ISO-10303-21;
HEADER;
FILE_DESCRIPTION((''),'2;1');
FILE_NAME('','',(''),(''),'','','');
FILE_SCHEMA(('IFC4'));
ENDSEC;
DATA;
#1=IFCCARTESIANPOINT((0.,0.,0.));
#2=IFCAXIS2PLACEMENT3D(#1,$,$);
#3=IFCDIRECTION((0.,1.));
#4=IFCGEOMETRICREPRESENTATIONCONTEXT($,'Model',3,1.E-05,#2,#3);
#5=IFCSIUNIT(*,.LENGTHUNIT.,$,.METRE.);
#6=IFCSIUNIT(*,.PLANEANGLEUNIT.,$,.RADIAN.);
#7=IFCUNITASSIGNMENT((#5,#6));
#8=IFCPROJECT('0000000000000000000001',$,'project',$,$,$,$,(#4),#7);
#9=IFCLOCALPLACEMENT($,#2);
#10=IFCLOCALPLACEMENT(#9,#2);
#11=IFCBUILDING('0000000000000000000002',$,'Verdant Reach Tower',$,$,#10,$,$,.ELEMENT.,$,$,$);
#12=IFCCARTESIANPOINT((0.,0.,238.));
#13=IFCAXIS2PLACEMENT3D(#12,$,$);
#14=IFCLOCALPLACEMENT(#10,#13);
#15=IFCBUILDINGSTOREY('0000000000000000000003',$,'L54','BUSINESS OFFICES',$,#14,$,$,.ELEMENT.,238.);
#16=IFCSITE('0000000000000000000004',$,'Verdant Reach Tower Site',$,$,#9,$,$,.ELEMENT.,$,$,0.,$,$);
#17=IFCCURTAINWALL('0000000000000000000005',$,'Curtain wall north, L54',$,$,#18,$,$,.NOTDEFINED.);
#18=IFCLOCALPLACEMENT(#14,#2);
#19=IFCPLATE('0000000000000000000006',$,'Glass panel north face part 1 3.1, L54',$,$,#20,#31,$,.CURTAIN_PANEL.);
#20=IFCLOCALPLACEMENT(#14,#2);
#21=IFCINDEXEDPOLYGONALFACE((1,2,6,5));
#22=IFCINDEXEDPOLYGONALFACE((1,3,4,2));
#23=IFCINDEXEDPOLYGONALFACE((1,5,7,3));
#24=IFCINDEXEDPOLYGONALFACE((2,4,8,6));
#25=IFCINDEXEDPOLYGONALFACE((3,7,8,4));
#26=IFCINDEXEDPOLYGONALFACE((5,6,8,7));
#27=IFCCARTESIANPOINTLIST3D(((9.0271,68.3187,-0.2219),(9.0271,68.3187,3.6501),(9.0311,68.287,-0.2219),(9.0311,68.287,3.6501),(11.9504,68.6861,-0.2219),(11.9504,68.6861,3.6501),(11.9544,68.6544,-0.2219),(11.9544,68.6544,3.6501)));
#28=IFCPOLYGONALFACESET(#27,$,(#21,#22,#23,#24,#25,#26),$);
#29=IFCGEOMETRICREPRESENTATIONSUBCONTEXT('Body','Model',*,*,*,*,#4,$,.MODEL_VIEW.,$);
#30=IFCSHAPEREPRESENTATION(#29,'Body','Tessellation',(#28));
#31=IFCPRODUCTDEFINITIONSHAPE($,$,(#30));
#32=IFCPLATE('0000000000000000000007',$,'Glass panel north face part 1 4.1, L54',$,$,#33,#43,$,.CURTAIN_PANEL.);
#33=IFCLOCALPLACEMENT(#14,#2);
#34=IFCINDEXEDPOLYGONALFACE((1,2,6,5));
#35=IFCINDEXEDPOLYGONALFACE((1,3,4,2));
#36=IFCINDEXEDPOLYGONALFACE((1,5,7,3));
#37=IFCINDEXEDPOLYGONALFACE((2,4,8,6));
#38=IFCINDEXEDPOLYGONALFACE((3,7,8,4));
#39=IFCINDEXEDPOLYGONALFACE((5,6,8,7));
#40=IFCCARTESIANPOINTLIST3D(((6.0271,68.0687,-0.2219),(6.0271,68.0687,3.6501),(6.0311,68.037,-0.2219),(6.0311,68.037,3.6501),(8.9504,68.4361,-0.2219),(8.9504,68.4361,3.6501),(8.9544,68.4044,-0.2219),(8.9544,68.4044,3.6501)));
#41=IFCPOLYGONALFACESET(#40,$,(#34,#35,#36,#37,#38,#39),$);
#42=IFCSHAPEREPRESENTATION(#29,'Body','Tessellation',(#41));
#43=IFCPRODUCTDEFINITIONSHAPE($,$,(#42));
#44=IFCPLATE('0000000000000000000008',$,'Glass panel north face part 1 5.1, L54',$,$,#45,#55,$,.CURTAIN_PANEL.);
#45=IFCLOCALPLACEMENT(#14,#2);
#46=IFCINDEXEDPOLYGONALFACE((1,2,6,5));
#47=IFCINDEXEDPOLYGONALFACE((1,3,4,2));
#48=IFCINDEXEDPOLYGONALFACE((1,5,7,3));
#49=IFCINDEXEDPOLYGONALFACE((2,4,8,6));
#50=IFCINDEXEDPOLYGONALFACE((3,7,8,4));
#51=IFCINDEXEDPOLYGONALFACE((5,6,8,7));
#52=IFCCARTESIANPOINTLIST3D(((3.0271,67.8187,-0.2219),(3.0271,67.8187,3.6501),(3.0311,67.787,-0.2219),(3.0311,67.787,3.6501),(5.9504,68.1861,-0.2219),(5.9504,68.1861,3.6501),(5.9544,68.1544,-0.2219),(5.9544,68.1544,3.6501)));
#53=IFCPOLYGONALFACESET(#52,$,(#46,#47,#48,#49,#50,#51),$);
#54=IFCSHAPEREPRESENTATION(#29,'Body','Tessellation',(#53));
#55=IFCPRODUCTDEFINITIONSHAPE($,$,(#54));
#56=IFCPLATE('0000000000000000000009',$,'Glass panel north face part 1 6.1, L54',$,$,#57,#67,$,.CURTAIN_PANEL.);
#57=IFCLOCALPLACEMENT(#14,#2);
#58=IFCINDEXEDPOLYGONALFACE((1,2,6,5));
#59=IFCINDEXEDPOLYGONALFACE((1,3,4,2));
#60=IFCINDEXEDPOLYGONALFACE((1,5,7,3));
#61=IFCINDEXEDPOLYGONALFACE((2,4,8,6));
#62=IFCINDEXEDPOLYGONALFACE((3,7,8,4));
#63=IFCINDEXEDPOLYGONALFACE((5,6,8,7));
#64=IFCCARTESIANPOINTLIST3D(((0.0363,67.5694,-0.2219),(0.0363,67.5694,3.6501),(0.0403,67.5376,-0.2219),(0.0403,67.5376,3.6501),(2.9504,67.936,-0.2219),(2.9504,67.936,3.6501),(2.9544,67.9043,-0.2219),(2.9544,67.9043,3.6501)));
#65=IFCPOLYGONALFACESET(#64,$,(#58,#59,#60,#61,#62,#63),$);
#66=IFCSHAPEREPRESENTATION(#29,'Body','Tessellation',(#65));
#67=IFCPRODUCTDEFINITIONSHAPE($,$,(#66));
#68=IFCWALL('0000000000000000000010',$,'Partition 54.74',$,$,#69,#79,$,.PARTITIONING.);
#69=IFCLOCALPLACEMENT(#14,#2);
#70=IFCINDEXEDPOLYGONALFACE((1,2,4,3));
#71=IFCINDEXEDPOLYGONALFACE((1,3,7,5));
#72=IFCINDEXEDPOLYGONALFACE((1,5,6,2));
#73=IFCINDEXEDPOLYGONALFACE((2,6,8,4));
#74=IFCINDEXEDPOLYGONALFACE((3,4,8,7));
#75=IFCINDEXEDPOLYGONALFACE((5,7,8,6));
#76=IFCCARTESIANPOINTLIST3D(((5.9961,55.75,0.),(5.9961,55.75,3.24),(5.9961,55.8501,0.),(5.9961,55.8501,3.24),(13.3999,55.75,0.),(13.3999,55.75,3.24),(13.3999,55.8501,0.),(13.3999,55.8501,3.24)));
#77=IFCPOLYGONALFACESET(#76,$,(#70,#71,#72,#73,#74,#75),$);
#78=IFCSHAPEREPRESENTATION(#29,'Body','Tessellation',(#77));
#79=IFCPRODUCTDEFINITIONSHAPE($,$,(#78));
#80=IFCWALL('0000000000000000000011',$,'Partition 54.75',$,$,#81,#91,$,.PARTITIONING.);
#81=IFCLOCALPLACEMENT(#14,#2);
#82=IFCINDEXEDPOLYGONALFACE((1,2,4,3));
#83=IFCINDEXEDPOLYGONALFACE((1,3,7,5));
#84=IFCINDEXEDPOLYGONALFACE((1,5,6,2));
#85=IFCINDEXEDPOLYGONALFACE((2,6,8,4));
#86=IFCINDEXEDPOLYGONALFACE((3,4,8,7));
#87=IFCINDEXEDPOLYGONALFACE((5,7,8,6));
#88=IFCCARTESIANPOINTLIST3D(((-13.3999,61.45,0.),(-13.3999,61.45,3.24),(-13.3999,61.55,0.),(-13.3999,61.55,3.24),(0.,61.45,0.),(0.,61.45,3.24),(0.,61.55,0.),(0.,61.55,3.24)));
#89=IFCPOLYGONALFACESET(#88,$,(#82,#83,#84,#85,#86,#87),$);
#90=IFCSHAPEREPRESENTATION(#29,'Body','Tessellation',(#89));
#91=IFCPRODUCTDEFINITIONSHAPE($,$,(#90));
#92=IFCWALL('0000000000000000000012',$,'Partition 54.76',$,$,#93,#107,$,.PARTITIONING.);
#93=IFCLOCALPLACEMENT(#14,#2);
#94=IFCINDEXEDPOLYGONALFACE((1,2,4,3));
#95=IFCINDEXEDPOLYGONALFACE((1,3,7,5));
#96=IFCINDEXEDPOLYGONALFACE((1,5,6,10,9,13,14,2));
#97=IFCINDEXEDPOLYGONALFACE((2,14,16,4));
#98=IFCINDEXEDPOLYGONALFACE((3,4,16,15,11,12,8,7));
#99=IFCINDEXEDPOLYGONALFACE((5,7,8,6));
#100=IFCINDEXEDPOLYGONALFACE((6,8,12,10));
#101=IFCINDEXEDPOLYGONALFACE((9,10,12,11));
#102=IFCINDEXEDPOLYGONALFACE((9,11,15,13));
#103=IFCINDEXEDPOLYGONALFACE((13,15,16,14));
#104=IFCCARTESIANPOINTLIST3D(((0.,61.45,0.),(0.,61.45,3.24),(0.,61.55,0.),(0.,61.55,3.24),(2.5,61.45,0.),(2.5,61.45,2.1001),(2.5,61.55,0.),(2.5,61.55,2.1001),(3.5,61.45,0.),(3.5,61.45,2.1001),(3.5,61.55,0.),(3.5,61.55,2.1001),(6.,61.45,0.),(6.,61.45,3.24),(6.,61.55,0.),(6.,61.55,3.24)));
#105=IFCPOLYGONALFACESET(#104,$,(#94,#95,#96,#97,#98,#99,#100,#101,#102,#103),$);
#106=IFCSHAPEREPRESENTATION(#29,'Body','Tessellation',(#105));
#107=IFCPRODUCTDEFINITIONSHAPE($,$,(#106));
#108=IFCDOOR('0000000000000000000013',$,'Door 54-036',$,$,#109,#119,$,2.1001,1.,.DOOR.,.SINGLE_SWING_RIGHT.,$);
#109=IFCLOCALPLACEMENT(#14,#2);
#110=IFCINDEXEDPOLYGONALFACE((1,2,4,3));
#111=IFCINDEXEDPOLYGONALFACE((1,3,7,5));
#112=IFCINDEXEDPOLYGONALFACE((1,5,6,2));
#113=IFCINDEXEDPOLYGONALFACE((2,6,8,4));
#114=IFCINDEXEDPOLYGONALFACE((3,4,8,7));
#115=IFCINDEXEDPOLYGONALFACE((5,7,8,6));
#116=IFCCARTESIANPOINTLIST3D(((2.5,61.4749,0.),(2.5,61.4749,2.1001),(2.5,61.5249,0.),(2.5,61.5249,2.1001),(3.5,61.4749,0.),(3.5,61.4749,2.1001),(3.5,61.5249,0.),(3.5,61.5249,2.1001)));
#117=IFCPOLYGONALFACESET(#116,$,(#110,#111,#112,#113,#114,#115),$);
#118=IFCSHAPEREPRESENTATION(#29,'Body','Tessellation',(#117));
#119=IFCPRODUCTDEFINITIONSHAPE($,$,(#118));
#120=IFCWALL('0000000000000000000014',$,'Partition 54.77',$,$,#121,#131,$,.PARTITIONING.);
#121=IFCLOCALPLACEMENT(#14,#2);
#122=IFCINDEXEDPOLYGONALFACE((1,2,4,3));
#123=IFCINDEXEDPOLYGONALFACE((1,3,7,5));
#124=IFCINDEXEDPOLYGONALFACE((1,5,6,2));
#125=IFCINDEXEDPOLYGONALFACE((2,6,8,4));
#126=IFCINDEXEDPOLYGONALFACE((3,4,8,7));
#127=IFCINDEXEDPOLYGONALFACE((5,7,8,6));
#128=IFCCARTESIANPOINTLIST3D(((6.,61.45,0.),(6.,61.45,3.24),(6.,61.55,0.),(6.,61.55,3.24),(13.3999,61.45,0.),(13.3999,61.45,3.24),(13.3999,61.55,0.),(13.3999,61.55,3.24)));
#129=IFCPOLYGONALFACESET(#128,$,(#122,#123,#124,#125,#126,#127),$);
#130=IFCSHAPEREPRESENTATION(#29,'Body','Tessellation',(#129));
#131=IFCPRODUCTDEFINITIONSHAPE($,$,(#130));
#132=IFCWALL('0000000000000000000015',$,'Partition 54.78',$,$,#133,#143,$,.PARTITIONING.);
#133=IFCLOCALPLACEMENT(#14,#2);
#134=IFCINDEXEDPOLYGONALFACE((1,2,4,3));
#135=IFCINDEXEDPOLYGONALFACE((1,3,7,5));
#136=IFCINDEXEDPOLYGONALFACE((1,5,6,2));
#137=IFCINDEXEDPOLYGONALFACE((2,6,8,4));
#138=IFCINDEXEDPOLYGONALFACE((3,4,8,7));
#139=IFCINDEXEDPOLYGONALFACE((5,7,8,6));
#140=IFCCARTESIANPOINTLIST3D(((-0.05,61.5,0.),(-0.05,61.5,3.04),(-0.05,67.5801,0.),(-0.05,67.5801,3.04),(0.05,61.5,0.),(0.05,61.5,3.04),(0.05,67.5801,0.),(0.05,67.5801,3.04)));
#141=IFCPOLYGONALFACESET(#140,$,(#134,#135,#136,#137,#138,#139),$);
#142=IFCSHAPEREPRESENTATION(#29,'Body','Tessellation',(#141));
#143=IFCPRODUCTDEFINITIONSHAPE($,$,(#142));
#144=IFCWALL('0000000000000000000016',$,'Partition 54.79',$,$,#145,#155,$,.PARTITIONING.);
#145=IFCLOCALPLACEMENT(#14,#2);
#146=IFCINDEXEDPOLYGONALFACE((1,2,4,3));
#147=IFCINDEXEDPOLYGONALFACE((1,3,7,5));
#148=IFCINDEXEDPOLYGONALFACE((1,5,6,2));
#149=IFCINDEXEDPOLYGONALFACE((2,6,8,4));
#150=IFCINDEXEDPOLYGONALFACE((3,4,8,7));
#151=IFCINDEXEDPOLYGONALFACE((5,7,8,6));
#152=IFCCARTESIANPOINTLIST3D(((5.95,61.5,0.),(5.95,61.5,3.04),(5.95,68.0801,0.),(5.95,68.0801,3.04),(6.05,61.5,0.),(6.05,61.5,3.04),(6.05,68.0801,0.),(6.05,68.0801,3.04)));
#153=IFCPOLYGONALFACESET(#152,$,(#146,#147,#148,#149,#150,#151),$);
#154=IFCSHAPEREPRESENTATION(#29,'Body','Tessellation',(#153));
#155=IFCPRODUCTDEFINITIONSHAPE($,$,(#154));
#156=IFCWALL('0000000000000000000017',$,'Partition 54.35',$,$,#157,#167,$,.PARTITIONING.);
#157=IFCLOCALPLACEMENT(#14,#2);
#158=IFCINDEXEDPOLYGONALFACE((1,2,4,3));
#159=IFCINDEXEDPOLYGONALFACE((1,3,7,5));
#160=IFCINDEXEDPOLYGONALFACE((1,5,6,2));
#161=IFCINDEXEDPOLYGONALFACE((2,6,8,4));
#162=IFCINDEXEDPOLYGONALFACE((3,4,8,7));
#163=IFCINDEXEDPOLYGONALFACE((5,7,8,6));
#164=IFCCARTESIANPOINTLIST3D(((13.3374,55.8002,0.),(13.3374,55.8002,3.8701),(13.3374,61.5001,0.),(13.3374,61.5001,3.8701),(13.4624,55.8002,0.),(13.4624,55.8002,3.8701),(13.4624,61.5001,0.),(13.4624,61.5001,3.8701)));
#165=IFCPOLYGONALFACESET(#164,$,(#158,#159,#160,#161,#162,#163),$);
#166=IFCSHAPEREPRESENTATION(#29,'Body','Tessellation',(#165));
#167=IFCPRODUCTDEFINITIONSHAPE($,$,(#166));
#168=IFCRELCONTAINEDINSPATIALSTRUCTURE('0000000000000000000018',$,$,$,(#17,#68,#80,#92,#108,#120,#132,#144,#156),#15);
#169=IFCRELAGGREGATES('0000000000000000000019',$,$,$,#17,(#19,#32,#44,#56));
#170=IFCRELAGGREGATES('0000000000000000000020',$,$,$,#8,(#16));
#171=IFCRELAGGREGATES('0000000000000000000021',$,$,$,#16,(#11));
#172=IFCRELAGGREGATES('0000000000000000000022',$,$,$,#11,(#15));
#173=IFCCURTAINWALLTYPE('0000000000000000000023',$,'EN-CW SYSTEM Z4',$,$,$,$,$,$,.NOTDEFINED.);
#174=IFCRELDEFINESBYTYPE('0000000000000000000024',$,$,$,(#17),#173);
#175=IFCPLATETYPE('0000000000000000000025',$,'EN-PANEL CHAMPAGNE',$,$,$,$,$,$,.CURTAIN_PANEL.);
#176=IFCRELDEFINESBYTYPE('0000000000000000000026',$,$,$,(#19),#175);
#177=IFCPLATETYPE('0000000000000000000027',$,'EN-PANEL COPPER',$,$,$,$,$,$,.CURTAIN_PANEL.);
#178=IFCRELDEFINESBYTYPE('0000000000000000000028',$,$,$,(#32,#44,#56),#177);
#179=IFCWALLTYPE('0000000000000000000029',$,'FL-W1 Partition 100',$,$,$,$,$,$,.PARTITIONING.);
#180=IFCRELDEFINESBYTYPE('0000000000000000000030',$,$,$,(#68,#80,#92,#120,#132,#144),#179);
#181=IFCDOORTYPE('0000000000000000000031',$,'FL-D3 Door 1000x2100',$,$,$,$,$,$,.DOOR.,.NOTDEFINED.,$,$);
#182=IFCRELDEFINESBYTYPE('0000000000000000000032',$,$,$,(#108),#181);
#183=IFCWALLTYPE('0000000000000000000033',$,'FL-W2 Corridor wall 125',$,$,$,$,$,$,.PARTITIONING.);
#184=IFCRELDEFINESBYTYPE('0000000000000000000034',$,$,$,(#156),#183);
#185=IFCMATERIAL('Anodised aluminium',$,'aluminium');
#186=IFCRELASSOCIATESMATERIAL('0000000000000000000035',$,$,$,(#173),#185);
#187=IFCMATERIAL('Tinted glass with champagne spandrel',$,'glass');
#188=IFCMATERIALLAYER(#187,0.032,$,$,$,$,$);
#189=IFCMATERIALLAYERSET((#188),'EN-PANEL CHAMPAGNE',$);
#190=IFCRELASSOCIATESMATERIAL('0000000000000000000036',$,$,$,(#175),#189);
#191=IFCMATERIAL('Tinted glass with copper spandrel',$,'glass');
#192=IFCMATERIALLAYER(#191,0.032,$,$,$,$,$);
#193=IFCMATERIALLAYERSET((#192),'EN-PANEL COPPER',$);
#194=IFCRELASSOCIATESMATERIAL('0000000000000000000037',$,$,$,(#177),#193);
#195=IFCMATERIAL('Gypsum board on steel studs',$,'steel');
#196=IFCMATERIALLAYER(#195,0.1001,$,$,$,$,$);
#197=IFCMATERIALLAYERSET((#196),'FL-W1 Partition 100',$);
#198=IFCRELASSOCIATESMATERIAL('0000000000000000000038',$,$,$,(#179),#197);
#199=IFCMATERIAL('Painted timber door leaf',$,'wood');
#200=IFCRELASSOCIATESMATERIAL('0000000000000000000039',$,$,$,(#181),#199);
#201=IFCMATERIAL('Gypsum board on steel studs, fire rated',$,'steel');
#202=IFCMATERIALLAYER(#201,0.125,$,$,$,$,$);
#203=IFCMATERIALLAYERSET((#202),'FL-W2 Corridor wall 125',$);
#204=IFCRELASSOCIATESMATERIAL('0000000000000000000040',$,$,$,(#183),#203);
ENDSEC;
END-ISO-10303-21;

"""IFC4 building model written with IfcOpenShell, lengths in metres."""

from ifc_helpers import new_model, si_unit, direction, frame, frame_2d, origin, origin_2d, place, context, subcontext, project, spatial, rectangle, extrude, material, layer, layer_set, type_object, element, fill, aggregate, save


model = new_model("IFC4")

# Units and contexts
model_context = context("Model", 3, precision=1e-05, world=origin(), true_north=direction((0.0, 1.0)))
body_context = subcontext(model_context, "Body", "Model", "MODEL_VIEW")
ifc_project = project(units=[si_unit("LENGTHUNIT", "METRE"), si_unit("PLANEANGLEUNIT", "RADIAN")], contexts=[model_context])

# Site, building, storey
site_placement = place(None, origin())
site = spatial("IfcSite", under=ifc_project, at=site_placement, Name="Verdant Reach Tower Site", CompositionType="ELEMENT", RefElevation=0.0)
building_placement = place(site_placement, origin())
building = spatial("IfcBuilding", under=site, at=building_placement, Name="Verdant Reach Tower", CompositionType="ELEMENT")
storey_placement = place(building_placement, frame((0.0, 0.0, 238.0)))
storey = spatial("IfcBuildingStorey", under=building, at=storey_placement, Name="L54", Description="BUSINESS OFFICES", CompositionType="ELEMENT", Elevation=238.0)

# Curtain wall
ifc_material_1 = material(Name="Anodised aluminium", Category="aluminium")
curtain_wall_type = type_object("IfcCurtainWallType", Name="EN-CW SYSTEM Z4", PredefinedType="NOTDEFINED", material=ifc_material_1)
curtain_wall_placement = place(storey_placement, origin())
curtain_wall = element("IfcCurtainWall", 1, at=curtain_wall_placement, inside=storey, type_object=curtain_wall_type, Name="Curtain wall north, L54", PredefinedType="NOTDEFINED")

# Plates
ifc_material_2 = material(Name="Tinted glass with champagne spandrel", Category="glass")
ifc_layer_1 = layer(ifc_material_2, 0.032)
ifc_layer_set_1 = layer_set([ifc_layer_1], Name="EN-PANEL CHAMPAGNE")
plate_type_1 = type_object("IfcPlateType", Name="EN-PANEL CHAMPAGNE", PredefinedType="CURTAIN_PANEL", material=ifc_layer_set_1)
plate_1_placement = place(storey_placement, frame((10.4907, 68.4866, -0.2219), z_axis=(0.0, 0.0, 1.0), x_axis=(-0.992194, -0.124704, 0.0)))
plate_1 = element("IfcPlate", 2, at=plate_1_placement, type_object=plate_type_1, Name="Glass panel north face part 1 3.1, L54", PredefinedType="CURTAIN_PANEL", context=body_context, shape_type="SweptSolid", body=[
    extrude(rectangle(XDim=2.9463, YDim=0.032, at=origin_2d()), origin(), (0.0, 0.0, 1.0), 3.8721),
])
ifc_material_3 = material(Name="Tinted glass with copper spandrel", Category="glass")
ifc_layer_2 = layer(ifc_material_3, 0.032)
ifc_layer_set_2 = layer_set([ifc_layer_2], Name="EN-PANEL COPPER")
plate_type_2 = type_object("IfcPlateType", Name="EN-PANEL COPPER", PredefinedType="CURTAIN_PANEL", material=ifc_layer_set_2)
plate_2_placement = place(storey_placement, frame((7.4907, 68.2366, -0.2219), z_axis=(0.0, 0.0, 1.0), x_axis=(-0.992194, -0.124704, 0.0)))
plate_2 = element("IfcPlate", 3, at=plate_2_placement, type_object=plate_type_2, Name="Glass panel north face part 1 4.1, L54", PredefinedType="CURTAIN_PANEL", context=body_context, shape_type="SweptSolid", body=[
    extrude(rectangle(XDim=2.9463, YDim=0.032, at=origin_2d()), origin(), (0.0, 0.0, 1.0), 3.8721),
])
plate_3_placement = place(storey_placement, frame((4.4907, 67.9866, -0.2219), z_axis=(0.0, 0.0, 1.0), x_axis=(-0.992194, -0.124704, 0.0)))
plate_3 = element("IfcPlate", 4, at=plate_3_placement, type_object=plate_type_2, Name="Glass panel north face part 1 5.1, L54", PredefinedType="CURTAIN_PANEL", context=body_context, shape_type="SweptSolid", body=[
    extrude(rectangle(XDim=2.9463, YDim=0.032, at=origin_2d()), origin(), (0.0, 0.0, 1.0), 3.8721),
])
plate_4_placement = place(storey_placement, frame((1.4954, 67.7368, -0.2219), z_axis=(0.0, 0.0, 1.0), x_axis=(-0.992178, -0.124832, 0.0)))
plate_4 = element("IfcPlate", 5, at=plate_4_placement, type_object=plate_type_2, Name="Glass panel north face part 1 6.1, L54", PredefinedType="CURTAIN_PANEL", context=body_context, shape_type="SweptSolid", body=[
    extrude(rectangle(XDim=2.937, YDim=0.032, at=origin_2d()), origin(), (0.0, 0.0, 1.0), 3.8721),
])
aggregate(curtain_wall, [plate_1, plate_2, plate_3, plate_4])

# Walls
ifc_material_4 = material(Name="Gypsum board on steel studs", Category="steel")
ifc_layer_3 = layer(ifc_material_4, 0.1001)
ifc_layer_set_3 = layer_set([ifc_layer_3], Name="FL-W1 Partition 100")
wall_type_1 = type_object("IfcWallType", Name="FL-W1 Partition 100", PredefinedType="PARTITIONING", material=ifc_layer_set_3)
wall_1_placement = place(storey_placement, frame((13.3999, 55.8, 0.0), z_axis=(0.0, 0.0, 1.0), x_axis=(-1.0, 0.0, 0.0)))
element("IfcWall", 6, at=wall_1_placement, inside=storey, type_object=wall_type_1, Name="Partition 54.74", PredefinedType="PARTITIONING", context=body_context, shape_type="SweptSolid", body=[
    extrude(rectangle(XDim=7.4038, YDim=0.1001, at=frame_2d((3.7019, 0.0))), origin(), (0.0, 0.0, 1.0), 3.24),
])
wall_2_placement = place(storey_placement, frame((0.0, 61.5, 0.0), z_axis=(0.0, 0.0, 1.0), x_axis=(-1.0, 0.0, 0.0)))
element("IfcWall", 7, at=wall_2_placement, inside=storey, type_object=wall_type_1, Name="Partition 54.75", PredefinedType="PARTITIONING", context=body_context, shape_type="SweptSolid", body=[
    extrude(rectangle(XDim=13.3999, YDim=0.1001, at=frame_2d((6.7, 0.0))), origin(), (0.0, 0.0, 1.0), 3.24),
])

# Wall, opening, door
wall_3_placement = place(storey_placement, frame((0.0, 61.5, 0.0), z_axis=(0.0, 0.0, 1.0), x_axis=(1.0, 0.0, 0.0)))
wall_3 = element("IfcWall", 8, at=wall_3_placement, inside=storey, type_object=wall_type_1, Name="Partition 54.76", PredefinedType="PARTITIONING", context=body_context, shape_type="SweptSolid", body=[
    extrude(rectangle(XDim=6.0, YDim=0.1001, at=frame_2d((3.0, 0.0))), origin(), (0.0, 0.0, 1.0), 3.24),
])
opening_1_placement = place(wall_3_placement, frame((2.5, 0.0, 0.0)))
opening_1 = element("IfcOpeningElement", 9, at=opening_1_placement, cuts=wall_3, PredefinedType="OPENING", context=body_context, shape_type="SweptSolid", body=[
    extrude(rectangle(XDim=1.0, YDim=2.1001, at=frame_2d((0.5, 1.05))), frame((0.0, 0.0601, 0.0), z_axis=(0.0, -1.0, 0.0), x_axis=(1.0, 0.0, 0.0)), (0.0, 0.0, 1.0), 0.1201),
])
ifc_material_5 = material(Name="Painted timber door leaf", Category="wood")
door_type_1 = type_object("IfcDoorType", Name="FL-D3 Door 1000x2100", OperationType="NOTDEFINED", PredefinedType="DOOR", material=ifc_material_5)
door_1_placement = place(opening_1_placement, origin())
door_1 = element("IfcDoor", 10, at=door_1_placement, inside=storey, type_object=door_type_1, Name="Door 54-036", OperationType="SINGLE_SWING_RIGHT", OverallHeight=2.1001, OverallWidth=1.0, PredefinedType="DOOR", context=body_context, shape_type="SweptSolid", body=[
    extrude(rectangle(XDim=1.0, YDim=2.1001, at=frame_2d((0.5, 1.05))), frame((0.0, 0.0249, 0.0), z_axis=(0.0, -1.0, 0.0), x_axis=(1.0, 0.0, 0.0)), (0.0, 0.0, 1.0), 0.05),
])
fill(opening_1, door_1)

# Walls
wall_4_placement = place(storey_placement, frame((13.3999, 61.5, 0.0), z_axis=(0.0, 0.0, 1.0), x_axis=(-1.0, 0.0, 0.0)))
element("IfcWall", 11, at=wall_4_placement, inside=storey, type_object=wall_type_1, Name="Partition 54.77", PredefinedType="PARTITIONING", context=body_context, shape_type="SweptSolid", body=[
    extrude(rectangle(XDim=7.3999, YDim=0.1001, at=frame_2d((3.7, 0.0))), origin(), (0.0, 0.0, 1.0), 3.24),
])
wall_5_placement = place(storey_placement, frame((0.0, 61.5, 0.0), z_axis=(0.0, 0.0, 1.0), x_axis=(0.0, 1.0, 0.0)))
element("IfcWall", 12, at=wall_5_placement, inside=storey, type_object=wall_type_1, Name="Partition 54.78", PredefinedType="PARTITIONING", context=body_context, shape_type="SweptSolid", body=[
    extrude(rectangle(XDim=6.0801, YDim=0.1001, at=frame_2d((3.04, 0.0))), origin(), (0.0, 0.0, 1.0), 3.04),
])
wall_6_placement = place(storey_placement, frame((6.0, 61.5, 0.0), z_axis=(0.0, 0.0, 1.0), x_axis=(0.0, 1.0, 0.0)))
element("IfcWall", 13, at=wall_6_placement, inside=storey, type_object=wall_type_1, Name="Partition 54.79", PredefinedType="PARTITIONING", context=body_context, shape_type="SweptSolid", body=[
    extrude(rectangle(XDim=6.5801, YDim=0.1001, at=frame_2d((3.29, 0.0))), origin(), (0.0, 0.0, 1.0), 3.04),
])
ifc_material_6 = material(Name="Gypsum board on steel studs, fire rated", Category="steel")
ifc_layer_4 = layer(ifc_material_6, 0.125)
ifc_layer_set_4 = layer_set([ifc_layer_4], Name="FL-W2 Corridor wall 125")
wall_type_2 = type_object("IfcWallType", Name="FL-W2 Corridor wall 125", PredefinedType="PARTITIONING", material=ifc_layer_set_4)
wall_7_placement = place(storey_placement, frame((13.3999, 55.8, 0.0), z_axis=(0.0, 0.0, 1.0), x_axis=(0.0, 1.0, 0.0)))
element("IfcWall", 14, at=wall_7_placement, inside=storey, type_object=wall_type_2, Name="Partition 54.35", PredefinedType="PARTITIONING", context=body_context, shape_type="SweptSolid", body=[
    extrude(rectangle(XDim=5.7, YDim=0.125, at=frame_2d((2.8501, 0.0))), origin(), (0.0, 0.0, 1.0), 3.8701),
])

save(model, "model.ifc")
